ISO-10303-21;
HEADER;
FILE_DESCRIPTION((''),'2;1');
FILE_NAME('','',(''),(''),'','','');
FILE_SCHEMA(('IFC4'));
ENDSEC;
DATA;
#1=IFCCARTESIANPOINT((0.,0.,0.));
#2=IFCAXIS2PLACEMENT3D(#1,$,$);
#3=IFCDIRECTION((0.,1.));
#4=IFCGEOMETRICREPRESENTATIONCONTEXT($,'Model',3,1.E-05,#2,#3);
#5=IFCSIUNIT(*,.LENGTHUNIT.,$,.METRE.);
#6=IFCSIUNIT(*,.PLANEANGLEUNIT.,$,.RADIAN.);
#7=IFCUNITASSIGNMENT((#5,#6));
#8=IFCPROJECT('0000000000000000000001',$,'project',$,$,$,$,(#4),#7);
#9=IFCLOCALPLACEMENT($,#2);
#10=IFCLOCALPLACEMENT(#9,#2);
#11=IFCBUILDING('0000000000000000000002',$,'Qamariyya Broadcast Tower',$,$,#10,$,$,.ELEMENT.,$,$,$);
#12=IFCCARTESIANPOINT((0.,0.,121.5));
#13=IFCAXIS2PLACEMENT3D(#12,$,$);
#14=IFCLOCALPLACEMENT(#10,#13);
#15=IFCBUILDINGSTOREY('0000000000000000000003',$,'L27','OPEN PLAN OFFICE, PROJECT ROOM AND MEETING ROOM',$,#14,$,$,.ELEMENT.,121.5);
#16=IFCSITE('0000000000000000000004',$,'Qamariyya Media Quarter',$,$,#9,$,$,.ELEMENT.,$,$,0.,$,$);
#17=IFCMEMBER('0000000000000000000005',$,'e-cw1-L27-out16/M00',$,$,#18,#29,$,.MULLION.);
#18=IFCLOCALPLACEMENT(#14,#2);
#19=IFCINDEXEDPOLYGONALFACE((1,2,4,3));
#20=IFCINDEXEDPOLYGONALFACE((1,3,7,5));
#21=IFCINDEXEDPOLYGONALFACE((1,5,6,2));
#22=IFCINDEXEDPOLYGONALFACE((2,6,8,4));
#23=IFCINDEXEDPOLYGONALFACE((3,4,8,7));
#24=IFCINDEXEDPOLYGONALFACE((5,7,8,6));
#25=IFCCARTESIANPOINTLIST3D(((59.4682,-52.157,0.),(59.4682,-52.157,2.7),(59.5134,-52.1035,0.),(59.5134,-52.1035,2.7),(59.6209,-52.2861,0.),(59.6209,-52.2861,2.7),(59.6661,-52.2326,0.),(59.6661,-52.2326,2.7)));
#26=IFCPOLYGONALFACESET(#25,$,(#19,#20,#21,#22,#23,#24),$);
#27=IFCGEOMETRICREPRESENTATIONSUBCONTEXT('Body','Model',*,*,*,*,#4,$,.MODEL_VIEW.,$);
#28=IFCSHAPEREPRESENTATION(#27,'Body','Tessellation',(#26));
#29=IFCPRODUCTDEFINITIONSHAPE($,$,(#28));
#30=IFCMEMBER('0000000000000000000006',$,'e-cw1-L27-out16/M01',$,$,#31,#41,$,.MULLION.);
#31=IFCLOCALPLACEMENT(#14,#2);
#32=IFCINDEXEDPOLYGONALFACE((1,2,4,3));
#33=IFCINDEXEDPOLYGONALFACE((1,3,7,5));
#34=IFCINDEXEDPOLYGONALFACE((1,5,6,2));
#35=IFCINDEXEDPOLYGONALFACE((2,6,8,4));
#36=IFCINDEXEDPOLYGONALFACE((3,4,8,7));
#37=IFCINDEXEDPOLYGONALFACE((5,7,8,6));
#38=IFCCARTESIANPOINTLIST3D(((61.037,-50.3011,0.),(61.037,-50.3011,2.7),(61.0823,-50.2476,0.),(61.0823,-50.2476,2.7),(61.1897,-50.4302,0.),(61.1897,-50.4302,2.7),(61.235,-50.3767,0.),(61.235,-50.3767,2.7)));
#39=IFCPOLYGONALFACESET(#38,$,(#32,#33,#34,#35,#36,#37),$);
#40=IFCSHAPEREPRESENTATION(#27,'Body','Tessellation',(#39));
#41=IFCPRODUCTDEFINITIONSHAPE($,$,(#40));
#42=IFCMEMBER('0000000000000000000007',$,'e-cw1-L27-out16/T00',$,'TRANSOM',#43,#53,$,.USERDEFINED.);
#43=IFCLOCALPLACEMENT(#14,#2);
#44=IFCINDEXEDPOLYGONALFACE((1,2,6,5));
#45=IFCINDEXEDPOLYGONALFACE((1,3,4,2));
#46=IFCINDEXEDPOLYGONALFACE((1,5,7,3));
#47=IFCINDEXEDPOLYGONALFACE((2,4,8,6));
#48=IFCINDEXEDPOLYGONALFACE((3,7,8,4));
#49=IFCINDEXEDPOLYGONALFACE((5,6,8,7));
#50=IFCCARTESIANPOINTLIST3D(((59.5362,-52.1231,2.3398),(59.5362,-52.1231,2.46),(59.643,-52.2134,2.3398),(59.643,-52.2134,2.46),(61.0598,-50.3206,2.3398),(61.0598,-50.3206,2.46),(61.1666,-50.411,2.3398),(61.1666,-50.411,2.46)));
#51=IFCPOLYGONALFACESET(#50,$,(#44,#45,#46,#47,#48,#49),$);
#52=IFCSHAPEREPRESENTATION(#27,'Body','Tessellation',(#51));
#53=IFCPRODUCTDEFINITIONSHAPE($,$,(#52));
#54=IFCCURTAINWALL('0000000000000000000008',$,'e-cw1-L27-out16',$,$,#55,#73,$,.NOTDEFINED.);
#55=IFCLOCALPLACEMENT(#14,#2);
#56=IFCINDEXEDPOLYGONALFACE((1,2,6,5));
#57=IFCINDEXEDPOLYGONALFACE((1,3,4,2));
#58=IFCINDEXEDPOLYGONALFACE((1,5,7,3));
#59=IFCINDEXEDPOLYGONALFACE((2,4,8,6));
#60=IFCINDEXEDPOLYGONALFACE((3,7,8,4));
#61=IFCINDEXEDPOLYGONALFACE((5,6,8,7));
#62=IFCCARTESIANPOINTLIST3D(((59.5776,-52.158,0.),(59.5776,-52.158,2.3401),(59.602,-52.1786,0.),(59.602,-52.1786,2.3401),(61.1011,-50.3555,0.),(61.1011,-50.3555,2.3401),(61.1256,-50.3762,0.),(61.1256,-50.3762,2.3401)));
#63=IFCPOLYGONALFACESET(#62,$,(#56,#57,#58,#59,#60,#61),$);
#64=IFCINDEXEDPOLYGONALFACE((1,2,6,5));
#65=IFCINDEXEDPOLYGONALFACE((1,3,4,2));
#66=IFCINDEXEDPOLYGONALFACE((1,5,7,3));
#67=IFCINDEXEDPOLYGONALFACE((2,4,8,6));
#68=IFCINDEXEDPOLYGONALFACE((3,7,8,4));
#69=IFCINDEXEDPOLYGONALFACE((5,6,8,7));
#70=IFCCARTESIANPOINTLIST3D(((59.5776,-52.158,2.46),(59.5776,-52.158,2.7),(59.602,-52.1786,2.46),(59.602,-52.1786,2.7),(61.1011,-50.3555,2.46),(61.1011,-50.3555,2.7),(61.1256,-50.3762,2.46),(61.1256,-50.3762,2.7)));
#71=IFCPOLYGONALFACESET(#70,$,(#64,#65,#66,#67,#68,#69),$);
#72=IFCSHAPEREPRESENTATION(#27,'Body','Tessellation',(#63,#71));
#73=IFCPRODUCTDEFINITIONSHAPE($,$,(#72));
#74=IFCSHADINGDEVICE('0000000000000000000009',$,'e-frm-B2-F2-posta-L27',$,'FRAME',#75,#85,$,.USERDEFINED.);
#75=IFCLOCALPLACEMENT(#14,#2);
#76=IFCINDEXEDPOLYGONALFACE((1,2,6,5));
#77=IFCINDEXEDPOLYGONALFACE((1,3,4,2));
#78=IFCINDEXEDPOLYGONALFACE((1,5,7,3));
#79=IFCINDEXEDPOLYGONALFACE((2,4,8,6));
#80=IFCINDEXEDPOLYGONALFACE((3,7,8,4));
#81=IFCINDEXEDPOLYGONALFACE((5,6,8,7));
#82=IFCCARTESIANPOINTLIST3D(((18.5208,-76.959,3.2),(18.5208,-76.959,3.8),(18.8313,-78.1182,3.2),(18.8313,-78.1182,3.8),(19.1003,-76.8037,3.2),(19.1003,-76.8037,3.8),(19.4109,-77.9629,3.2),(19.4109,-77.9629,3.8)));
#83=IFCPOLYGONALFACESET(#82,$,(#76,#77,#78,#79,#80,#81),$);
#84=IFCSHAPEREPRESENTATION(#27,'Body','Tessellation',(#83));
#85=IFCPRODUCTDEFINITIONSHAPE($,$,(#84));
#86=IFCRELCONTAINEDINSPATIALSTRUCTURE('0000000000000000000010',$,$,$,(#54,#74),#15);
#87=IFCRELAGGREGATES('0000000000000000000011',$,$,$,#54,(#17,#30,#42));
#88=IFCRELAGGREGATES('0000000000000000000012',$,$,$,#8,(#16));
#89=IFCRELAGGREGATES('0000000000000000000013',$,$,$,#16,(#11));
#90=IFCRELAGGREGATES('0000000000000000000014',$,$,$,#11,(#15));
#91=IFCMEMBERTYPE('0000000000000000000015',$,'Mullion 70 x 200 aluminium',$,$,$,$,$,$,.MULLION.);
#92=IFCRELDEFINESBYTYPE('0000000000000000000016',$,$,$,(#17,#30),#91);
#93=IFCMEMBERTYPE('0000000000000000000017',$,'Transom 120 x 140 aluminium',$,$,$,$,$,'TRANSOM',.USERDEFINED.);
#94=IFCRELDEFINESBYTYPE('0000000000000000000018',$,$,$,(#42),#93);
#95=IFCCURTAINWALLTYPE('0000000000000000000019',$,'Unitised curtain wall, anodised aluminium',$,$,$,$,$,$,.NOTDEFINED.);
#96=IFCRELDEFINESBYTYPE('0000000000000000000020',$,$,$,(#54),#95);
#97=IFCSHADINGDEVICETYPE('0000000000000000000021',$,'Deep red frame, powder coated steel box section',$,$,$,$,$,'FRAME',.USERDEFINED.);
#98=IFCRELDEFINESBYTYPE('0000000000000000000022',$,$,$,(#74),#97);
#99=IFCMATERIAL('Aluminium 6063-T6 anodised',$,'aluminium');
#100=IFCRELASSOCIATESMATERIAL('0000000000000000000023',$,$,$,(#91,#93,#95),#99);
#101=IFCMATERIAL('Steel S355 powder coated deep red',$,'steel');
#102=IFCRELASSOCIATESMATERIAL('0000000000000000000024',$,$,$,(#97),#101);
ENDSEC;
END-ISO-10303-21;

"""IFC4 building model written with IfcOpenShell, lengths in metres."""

from ifc_helpers import new_model, si_unit, direction, frame, origin, origin_2d, place, context, subcontext, project, spatial, polyline, rectangle, outline, extrude, material, material_profile, profile_set, type_object, element, aggregate, save


model = new_model("IFC4")

# Units and contexts
model_context = context("Model", 3, precision=1e-05, world=origin(), true_north=direction((0.0, 1.0)))
body_context = subcontext(model_context, "Body", "Model", "MODEL_VIEW")
ifc_project = project(units=[si_unit("LENGTHUNIT", "METRE"), si_unit("PLANEANGLEUNIT", "RADIAN")], contexts=[model_context])

# Members
ifc_material_1 = material(Name="Aluminium 6063-T6 anodised", Category="aluminium")
ifc_material_profile_1 = material_profile(ifc_material_1, rectangle(XDim=0.2, YDim=0.0701, at=origin_2d()))
ifc_profile_set_1 = profile_set([ifc_material_profile_1], Name="Aluminium 6063-T6 anodised")
member_type_1 = type_object("IfcMemberType", Name="Mullion 70 x 200 aluminium", PredefinedType="MULLION", material=ifc_profile_set_1)
site_placement = place(None, origin())
building_placement = place(site_placement, origin())
storey_placement = place(building_placement, frame((0.0, 0.0, 121.5)))
member_1_placement = place(storey_placement, frame((59.5671, -52.1948, 0.0), z_axis=(0.0, 0.0, 1.0), x_axis=(-0.76371, 0.64556, 0.0)))
member_1 = element("IfcMember", 1, at=member_1_placement, type_object=member_type_1, Name="e-cw1-L27-out16/M00", PredefinedType="MULLION", context=body_context, shape_type="SweptSolid", body=[
    extrude(rectangle(XDim=0.2, YDim=0.0701, at=origin_2d()), origin(), (0.0, 0.0, 1.0), 2.7),
])
member_2_placement = place(storey_placement, frame((61.136, -50.3389, 0.0), z_axis=(0.0, 0.0, 1.0), x_axis=(-0.76371, 0.64556, 0.0)))
member_2 = element("IfcMember", 2, at=member_2_placement, type_object=member_type_1, Name="e-cw1-L27-out16/M01", PredefinedType="MULLION", context=body_context, shape_type="SweptSolid", body=[
    extrude(rectangle(XDim=0.2, YDim=0.0701, at=origin_2d()), origin(), (0.0, 0.0, 1.0), 2.7),
])
ifc_material_profile_2 = material_profile(ifc_material_1, rectangle(XDim=0.1399, YDim=0.1201, at=origin_2d()))
ifc_profile_set_2 = profile_set([ifc_material_profile_2], Name="Aluminium 6063-T6 anodised")
member_type_2 = type_object("IfcMemberType", Name="Transom 120 x 140 aluminium", ElementType="TRANSOM", PredefinedType="USERDEFINED", material=ifc_profile_set_2)
member_3_placement = place(storey_placement, frame((59.5896, -52.1682, 2.3999), z_axis=(0.645571, 0.7637, 0.0), x_axis=(-0.7637, 0.645571, 0.0)))
member_3 = element("IfcMember", 3, at=member_3_placement, type_object=member_type_2, Name="e-cw1-L27-out16/T00", ObjectType="TRANSOM", PredefinedType="USERDEFINED", context=body_context, shape_type="SweptSolid", body=[
    extrude(rectangle(XDim=0.1399, YDim=0.1201, at=origin_2d()), origin(), (0.0, 0.0, 1.0), 2.3601),
])

# Site, building, storey
site = spatial("IfcSite", under=ifc_project, at=site_placement, Name="Qamariyya Media Quarter", CompositionType="ELEMENT", RefElevation=0.0)
building = spatial("IfcBuilding", under=site, at=building_placement, Name="Qamariyya Broadcast Tower", CompositionType="ELEMENT")
storey = spatial("IfcBuildingStorey", under=building, at=storey_placement, Name="L27", Description="OPEN PLAN OFFICE, PROJECT ROOM AND MEETING ROOM", CompositionType="ELEMENT", Elevation=121.5)

# Curtain wall
curtain_wall_type = type_object("IfcCurtainWallType", Name="Unitised curtain wall, anodised aluminium", PredefinedType="NOTDEFINED", material=ifc_material_1)
curtain_wall_1_placement = place(storey_placement, origin())
curtain_wall_1 = element("IfcCurtainWall", 4, at=curtain_wall_1_placement, inside=storey, type_object=curtain_wall_type, Name="e-cw1-L27-out16", PredefinedType="NOTDEFINED", context=body_context, shape_type="SweptSolid", body=[
    extrude(rectangle(XDim=2.3601, YDim=0.032, at=origin_2d()), frame((60.3516, -51.2671, 0.0), x_axis=(0.645557, 0.763712, 0.0)), (0.0, 0.0, 1.0), 2.3401),
    extrude(rectangle(XDim=2.3601, YDim=0.032, at=origin_2d()), frame((60.3516, -51.2671, 2.46), x_axis=(0.645557, 0.763712, 0.0)), (0.0, 0.0, 1.0), 0.24),
])
aggregate(curtain_wall_1, [member_1, member_2, member_3])

# Shading device
ifc_material_2 = material(Name="Steel S355 powder coated deep red", Category="steel")
shading_device_type = type_object("IfcShadingDeviceType", Name="Deep red frame, powder coated steel box section", ElementType="FRAME", PredefinedType="USERDEFINED", material=ifc_material_2)
shading_device_placement = place(storey_placement, frame((0.0, 0.0, 3.2)))
element("IfcShadingDevice", 5, at=shading_device_placement, inside=storey, type_object=shading_device_type, Name="e-frm-B2-F2-posta-L27", ObjectType="FRAME", PredefinedType="USERDEFINED", context=body_context, shape_type="SweptSolid", body=[
    extrude(outline(polyline([(18.5208, -76.959), (18.8313, -78.1182), (19.4109, -77.9629), (19.1003, -76.8037), (18.5208, -76.959)])), origin(), (0.0, 0.0, 1.0), 0.6001),
])

save(model, "model.ifc")
